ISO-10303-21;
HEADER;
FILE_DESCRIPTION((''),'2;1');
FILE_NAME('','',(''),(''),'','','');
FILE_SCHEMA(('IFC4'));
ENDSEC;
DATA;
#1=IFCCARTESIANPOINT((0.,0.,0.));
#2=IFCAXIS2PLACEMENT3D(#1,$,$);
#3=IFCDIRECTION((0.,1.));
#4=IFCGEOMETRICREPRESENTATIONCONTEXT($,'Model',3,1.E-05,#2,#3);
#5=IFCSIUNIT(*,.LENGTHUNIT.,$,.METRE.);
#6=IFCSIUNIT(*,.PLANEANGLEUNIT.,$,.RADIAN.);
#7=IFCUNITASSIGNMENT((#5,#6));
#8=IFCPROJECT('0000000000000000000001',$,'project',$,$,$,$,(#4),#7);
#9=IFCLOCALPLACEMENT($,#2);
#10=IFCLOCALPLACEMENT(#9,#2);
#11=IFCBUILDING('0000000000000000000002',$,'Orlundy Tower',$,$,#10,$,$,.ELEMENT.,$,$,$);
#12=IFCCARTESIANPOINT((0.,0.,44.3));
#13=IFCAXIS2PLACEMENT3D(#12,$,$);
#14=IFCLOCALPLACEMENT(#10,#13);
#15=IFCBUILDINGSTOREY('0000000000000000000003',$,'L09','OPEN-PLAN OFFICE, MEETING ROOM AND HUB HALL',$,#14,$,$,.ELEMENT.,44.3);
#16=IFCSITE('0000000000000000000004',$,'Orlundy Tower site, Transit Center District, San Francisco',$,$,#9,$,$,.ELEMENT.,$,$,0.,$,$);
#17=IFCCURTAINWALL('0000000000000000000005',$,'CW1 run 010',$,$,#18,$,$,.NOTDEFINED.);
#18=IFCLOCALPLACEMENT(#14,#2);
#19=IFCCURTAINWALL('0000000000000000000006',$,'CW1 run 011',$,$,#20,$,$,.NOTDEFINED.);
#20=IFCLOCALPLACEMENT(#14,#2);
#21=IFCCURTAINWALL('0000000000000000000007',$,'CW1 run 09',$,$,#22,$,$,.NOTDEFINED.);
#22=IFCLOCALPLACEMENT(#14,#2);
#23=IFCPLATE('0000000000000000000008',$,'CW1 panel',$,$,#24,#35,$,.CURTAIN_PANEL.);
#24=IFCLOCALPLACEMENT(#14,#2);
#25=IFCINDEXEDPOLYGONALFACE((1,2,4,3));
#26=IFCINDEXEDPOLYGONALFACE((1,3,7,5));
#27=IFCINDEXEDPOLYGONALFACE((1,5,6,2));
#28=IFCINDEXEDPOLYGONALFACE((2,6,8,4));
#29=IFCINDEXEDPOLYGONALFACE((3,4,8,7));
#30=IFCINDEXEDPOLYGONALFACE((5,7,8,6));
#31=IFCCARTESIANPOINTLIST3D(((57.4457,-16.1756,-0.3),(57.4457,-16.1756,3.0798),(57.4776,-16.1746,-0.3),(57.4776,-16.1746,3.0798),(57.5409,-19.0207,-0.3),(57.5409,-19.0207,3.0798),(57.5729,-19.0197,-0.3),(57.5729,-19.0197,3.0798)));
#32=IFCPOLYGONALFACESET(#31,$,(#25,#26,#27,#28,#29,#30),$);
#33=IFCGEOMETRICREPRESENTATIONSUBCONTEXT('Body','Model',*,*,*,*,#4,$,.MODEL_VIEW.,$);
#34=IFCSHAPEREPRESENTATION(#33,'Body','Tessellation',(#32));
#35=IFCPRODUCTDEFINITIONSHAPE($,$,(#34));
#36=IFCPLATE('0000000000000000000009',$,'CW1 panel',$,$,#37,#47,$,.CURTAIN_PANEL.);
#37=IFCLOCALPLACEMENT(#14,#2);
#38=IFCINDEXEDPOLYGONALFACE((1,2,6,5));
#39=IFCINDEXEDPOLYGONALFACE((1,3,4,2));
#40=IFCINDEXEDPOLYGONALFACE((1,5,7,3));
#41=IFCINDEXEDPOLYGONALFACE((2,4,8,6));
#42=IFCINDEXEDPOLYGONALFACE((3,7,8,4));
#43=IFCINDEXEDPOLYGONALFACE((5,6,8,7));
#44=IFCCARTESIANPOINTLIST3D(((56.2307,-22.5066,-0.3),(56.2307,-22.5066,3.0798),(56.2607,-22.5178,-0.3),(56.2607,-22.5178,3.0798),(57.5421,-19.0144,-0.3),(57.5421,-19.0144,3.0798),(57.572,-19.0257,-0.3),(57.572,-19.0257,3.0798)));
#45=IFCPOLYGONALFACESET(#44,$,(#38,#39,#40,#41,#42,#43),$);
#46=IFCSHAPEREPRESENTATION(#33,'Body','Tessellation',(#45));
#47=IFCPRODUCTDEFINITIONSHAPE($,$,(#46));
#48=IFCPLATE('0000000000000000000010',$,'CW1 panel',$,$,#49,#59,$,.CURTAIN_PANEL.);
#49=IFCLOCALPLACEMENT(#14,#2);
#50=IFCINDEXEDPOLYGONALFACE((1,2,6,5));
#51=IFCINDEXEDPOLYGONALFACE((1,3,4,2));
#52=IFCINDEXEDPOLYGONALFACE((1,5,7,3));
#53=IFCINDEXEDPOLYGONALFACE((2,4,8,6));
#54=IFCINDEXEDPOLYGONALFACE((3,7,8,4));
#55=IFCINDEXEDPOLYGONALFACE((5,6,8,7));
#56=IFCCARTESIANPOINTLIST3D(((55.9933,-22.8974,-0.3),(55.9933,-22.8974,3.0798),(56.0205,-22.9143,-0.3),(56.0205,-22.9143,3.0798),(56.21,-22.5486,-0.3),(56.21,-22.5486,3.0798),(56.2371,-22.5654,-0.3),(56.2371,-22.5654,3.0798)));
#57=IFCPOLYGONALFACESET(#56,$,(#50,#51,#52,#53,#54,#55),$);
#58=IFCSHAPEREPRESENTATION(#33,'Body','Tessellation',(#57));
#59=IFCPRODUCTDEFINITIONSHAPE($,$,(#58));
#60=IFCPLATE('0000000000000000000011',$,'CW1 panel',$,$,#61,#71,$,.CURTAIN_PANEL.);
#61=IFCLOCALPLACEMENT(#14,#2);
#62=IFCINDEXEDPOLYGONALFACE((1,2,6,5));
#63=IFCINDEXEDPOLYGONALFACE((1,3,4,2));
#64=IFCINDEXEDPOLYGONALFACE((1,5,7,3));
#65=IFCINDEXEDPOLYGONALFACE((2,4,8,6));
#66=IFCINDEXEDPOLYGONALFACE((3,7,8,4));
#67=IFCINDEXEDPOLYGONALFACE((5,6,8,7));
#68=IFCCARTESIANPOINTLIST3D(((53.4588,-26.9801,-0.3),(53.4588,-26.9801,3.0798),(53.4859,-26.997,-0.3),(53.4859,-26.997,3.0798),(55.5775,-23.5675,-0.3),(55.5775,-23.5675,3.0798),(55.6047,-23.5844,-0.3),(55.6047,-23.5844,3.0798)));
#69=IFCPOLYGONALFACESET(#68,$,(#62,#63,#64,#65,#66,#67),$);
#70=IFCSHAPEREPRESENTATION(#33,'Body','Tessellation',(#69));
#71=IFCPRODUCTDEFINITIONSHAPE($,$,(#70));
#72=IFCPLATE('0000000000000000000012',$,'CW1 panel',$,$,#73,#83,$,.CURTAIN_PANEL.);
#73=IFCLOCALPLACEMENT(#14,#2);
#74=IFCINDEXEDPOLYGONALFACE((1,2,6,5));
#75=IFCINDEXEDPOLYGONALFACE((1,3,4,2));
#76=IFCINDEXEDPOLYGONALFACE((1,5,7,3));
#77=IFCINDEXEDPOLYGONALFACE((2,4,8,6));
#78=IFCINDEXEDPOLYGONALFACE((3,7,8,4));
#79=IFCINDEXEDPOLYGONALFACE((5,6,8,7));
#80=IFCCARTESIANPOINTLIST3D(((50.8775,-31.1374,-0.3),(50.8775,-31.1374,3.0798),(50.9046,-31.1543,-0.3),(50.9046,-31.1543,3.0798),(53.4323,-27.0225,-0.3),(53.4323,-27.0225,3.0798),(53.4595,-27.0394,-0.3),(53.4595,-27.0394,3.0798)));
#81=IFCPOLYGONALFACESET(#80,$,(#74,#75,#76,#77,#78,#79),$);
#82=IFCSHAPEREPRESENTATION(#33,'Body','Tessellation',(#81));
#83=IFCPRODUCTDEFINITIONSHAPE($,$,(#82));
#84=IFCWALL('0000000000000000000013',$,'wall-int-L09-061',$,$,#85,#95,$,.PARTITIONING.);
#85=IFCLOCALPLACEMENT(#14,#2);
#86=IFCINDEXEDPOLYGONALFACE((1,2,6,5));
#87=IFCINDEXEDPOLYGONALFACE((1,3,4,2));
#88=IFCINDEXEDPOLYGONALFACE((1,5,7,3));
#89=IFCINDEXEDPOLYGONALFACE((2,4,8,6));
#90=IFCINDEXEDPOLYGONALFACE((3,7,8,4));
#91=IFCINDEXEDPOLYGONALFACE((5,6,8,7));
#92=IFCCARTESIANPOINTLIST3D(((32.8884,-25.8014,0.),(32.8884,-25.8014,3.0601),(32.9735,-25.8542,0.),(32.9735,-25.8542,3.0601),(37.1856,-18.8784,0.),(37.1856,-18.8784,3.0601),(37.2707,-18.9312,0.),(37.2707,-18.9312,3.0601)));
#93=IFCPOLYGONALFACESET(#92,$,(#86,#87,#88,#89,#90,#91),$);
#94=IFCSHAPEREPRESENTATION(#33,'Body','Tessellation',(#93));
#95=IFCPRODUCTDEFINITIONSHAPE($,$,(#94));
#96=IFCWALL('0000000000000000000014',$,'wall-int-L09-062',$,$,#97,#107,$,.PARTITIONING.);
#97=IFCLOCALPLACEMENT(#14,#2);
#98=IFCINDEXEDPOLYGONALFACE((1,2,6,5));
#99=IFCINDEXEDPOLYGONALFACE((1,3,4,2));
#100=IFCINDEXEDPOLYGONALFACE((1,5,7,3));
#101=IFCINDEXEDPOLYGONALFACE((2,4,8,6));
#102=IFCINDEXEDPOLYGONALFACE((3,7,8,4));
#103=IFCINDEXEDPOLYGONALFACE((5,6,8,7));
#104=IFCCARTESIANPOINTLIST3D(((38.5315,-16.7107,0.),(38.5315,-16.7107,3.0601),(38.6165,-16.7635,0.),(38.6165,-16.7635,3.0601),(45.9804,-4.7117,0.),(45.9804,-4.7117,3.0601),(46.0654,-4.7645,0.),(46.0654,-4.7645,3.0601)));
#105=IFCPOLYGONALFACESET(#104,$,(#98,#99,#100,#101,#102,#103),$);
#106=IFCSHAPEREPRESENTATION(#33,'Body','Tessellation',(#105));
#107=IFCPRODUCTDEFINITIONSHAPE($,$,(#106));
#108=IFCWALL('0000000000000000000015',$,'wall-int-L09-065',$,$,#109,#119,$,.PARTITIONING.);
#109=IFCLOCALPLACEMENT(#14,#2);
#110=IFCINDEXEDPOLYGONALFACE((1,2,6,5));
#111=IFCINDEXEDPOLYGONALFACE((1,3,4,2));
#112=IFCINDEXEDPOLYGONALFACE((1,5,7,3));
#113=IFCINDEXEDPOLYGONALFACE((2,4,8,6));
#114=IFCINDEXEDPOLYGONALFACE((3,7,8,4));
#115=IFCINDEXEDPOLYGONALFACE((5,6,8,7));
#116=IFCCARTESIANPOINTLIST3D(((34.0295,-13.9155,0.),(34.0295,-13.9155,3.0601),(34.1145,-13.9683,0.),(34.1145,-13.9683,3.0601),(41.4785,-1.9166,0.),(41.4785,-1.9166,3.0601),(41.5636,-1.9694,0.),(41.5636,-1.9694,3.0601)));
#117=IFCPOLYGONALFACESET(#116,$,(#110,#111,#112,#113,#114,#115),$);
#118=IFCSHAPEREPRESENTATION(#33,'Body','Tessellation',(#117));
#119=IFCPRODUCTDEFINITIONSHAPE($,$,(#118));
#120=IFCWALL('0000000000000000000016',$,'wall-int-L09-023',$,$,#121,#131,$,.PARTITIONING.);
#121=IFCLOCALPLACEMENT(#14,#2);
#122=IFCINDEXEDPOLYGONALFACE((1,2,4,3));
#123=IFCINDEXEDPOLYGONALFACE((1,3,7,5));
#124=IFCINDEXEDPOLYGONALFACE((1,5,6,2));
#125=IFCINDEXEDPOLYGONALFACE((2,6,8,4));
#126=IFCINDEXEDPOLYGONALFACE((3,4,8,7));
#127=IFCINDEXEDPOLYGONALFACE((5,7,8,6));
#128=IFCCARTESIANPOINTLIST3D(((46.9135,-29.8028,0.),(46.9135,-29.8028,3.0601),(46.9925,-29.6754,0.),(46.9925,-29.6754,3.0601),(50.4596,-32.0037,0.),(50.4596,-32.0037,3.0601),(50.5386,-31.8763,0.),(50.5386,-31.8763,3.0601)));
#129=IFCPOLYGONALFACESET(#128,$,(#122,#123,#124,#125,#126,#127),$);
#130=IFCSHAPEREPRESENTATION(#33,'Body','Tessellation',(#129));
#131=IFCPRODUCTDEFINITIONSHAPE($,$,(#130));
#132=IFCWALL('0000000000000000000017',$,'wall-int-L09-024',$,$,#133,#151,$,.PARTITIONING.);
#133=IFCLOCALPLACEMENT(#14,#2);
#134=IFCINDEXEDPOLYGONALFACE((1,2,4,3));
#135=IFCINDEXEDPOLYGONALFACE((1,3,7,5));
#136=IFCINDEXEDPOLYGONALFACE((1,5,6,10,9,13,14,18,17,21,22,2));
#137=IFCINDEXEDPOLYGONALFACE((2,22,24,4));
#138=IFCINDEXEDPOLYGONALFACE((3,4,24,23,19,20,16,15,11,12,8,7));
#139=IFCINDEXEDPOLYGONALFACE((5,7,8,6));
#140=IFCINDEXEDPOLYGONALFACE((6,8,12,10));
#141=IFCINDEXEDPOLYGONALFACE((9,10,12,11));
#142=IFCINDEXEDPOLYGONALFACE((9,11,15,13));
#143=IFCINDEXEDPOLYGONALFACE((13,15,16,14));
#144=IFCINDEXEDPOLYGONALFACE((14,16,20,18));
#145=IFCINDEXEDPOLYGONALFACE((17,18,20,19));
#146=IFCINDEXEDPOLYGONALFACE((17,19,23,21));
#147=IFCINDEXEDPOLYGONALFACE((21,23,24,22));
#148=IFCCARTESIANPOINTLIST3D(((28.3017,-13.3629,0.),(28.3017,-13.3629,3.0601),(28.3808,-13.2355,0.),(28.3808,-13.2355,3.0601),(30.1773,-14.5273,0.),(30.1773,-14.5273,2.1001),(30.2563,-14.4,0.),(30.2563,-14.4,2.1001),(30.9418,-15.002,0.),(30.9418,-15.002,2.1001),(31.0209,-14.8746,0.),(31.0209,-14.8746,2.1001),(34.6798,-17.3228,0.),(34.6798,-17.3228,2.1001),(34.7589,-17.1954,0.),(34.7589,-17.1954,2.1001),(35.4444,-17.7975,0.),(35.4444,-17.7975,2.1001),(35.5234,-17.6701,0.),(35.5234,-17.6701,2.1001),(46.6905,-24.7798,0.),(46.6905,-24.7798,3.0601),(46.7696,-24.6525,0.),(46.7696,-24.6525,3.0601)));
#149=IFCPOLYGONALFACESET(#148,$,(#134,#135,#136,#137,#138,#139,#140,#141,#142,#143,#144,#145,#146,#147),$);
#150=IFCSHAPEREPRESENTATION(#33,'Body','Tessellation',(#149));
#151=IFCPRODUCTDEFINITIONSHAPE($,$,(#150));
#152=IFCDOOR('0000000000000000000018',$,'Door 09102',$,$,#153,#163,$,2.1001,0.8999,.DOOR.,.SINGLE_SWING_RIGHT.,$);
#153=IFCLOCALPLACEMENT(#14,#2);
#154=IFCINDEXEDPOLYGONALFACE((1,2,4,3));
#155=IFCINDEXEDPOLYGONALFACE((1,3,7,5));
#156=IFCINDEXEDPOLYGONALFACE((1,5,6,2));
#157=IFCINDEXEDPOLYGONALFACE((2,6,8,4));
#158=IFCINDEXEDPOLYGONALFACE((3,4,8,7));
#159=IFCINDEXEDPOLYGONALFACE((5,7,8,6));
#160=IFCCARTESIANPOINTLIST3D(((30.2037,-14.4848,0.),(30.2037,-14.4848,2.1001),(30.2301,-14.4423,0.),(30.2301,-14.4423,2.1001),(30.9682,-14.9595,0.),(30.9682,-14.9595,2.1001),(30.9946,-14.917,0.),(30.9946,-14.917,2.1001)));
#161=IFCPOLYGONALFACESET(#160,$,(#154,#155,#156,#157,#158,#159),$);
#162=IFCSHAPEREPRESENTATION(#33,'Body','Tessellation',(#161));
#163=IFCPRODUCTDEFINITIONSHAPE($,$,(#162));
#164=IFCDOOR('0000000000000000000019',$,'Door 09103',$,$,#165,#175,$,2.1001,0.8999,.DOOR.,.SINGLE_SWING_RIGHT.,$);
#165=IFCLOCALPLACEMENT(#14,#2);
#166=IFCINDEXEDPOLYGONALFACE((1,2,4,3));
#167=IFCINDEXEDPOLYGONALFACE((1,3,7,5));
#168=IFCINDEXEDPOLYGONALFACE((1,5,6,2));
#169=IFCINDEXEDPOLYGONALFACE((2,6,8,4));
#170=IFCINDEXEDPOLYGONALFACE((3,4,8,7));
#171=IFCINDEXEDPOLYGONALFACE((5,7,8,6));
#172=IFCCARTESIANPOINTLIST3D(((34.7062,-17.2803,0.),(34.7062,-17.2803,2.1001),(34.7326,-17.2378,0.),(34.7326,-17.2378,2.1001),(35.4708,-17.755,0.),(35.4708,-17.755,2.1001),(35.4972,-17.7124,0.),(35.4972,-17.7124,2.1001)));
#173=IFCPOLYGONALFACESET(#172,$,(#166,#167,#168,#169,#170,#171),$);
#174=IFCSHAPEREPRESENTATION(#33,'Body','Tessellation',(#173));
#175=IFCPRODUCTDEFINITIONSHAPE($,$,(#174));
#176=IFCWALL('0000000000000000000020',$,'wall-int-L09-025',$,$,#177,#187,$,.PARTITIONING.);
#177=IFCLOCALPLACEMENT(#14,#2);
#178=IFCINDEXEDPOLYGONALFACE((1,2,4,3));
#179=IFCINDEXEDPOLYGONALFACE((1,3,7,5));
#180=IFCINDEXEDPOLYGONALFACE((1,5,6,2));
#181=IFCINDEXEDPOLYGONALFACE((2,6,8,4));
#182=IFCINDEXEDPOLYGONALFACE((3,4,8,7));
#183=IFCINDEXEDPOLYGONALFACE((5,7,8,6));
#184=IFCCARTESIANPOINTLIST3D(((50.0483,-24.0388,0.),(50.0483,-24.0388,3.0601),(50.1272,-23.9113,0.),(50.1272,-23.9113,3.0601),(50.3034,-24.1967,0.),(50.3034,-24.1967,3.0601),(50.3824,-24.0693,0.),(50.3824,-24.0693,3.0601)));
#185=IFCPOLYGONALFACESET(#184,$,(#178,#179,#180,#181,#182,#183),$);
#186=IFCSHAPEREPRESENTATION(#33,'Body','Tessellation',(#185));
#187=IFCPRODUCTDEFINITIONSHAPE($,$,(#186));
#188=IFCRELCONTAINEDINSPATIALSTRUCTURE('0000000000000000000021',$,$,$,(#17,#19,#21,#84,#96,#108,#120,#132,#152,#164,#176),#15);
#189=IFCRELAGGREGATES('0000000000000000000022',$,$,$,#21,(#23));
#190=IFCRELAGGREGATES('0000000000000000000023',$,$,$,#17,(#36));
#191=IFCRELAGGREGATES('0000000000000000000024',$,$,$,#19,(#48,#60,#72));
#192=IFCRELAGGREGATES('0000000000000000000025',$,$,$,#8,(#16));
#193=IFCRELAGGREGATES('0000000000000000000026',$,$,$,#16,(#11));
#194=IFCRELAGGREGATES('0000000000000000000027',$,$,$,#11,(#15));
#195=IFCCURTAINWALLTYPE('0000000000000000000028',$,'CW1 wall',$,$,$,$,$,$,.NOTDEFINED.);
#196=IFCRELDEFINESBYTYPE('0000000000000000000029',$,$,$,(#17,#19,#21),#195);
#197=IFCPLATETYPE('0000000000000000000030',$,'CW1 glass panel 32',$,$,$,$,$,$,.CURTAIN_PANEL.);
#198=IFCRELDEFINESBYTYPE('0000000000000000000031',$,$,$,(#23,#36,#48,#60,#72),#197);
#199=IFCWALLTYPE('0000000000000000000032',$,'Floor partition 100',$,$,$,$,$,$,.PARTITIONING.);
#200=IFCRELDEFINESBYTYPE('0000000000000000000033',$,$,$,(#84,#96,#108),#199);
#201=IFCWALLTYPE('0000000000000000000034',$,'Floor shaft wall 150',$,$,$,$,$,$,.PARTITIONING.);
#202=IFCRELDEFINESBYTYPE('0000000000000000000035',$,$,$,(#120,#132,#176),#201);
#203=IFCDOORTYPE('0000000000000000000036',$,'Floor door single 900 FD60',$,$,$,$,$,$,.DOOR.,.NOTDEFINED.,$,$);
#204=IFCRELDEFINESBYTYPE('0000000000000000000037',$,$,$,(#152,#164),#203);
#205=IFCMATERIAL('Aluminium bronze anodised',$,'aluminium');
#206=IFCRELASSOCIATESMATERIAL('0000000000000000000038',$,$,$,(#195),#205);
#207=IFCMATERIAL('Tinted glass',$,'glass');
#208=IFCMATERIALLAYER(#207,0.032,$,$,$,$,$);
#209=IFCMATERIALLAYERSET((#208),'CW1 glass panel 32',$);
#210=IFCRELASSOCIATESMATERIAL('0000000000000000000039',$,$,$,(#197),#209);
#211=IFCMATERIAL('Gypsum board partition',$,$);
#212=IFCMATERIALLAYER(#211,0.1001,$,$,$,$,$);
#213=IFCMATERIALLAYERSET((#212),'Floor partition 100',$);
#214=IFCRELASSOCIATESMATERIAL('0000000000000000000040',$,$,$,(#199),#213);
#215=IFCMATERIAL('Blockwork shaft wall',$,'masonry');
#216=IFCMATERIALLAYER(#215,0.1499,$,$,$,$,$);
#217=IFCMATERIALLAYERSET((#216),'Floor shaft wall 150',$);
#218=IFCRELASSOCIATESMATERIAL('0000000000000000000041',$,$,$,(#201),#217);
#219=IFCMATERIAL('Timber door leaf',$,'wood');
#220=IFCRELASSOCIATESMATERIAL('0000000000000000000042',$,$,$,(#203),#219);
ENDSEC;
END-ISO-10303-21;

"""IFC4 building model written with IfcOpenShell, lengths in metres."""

from ifc_helpers import new_model, si_unit, direction, frame, frame_2d, origin, origin_2d, place, context, subcontext, project, spatial, rectangle, extrude, material, layer, layer_set, type_object, element, fill, aggregate, save


model = new_model("IFC4")

# Units and contexts
model_context = context("Model", 3, precision=1e-05, world=origin(), true_north=direction((0.0, 1.0)))
body_context = subcontext(model_context, "Body", "Model", "MODEL_VIEW")
ifc_project = project(units=[si_unit("LENGTHUNIT", "METRE"), si_unit("PLANEANGLEUNIT", "RADIAN")], contexts=[model_context])

# Site, building, storey
site_placement = place(None, origin())
site = spatial("IfcSite", under=ifc_project, at=site_placement, Name="Orlundy Tower site, Transit Center District, San Francisco", CompositionType="ELEMENT", RefElevation=0.0)
building_placement = place(site_placement, origin())
building = spatial("IfcBuilding", under=site, at=building_placement, Name="Orlundy Tower", CompositionType="ELEMENT")
storey_placement = place(building_placement, frame((0.0, 0.0, 44.3)))
storey = spatial("IfcBuildingStorey", under=building, at=storey_placement, Name="L09", Description="OPEN-PLAN OFFICE, MEETING ROOM AND HUB HALL", CompositionType="ELEMENT", Elevation=44.3)

# Curtain wall
ifc_material_1 = material(Name="Aluminium bronze anodised", Category="aluminium")
curtain_wall_type = type_object("IfcCurtainWallType", Name="CW1 wall", PredefinedType="NOTDEFINED", material=ifc_material_1)
curtain_wall_1_placement = place(storey_placement, origin())
curtain_wall_1 = element("IfcCurtainWall", 1, at=curtain_wall_1_placement, inside=storey, type_object=curtain_wall_type, Name="CW1 run 010", PredefinedType="NOTDEFINED")

# Curtain wall
curtain_wall_2_placement = place(storey_placement, origin())
curtain_wall_2 = element("IfcCurtainWall", 2, at=curtain_wall_2_placement, inside=storey, type_object=curtain_wall_type, Name="CW1 run 011", PredefinedType="NOTDEFINED")

# Curtain wall
curtain_wall_3_placement = place(storey_placement, origin())
curtain_wall_3 = element("IfcCurtainWall", 3, at=curtain_wall_3_placement, inside=storey, type_object=curtain_wall_type, Name="CW1 run 09", PredefinedType="NOTDEFINED")

# Plates
ifc_material_2 = material(Name="Tinted glass", Category="glass")
ifc_layer_1 = layer(ifc_material_2, 0.032)
ifc_layer_set_1 = layer_set([ifc_layer_1], Name="CW1 glass panel 32")
plate_type = type_object("IfcPlateType", Name="CW1 glass panel 32", PredefinedType="CURTAIN_PANEL", material=ifc_layer_set_1)
plate_1_placement = place(storey_placement, frame((57.5093, -17.5977, -0.3), z_axis=(0.0, 0.0, 1.0), x_axis=(0.03345, -0.99944, 0.0)))
plate_1 = element("IfcPlate", 4, at=plate_1_placement, type_object=plate_type, Name="CW1 panel", PredefinedType="CURTAIN_PANEL", context=body_context, shape_type="SweptSolid", body=[
    extrude(rectangle(XDim=2.8467, YDim=0.032, at=origin_2d()), origin(), (0.0, 0.0, 1.0), 3.3799),
])
aggregate(curtain_wall_3, [plate_1])
plate_2_placement = place(storey_placement, frame((56.9014, -20.7661, -0.3), z_axis=(0.0, 0.0, 1.0), x_axis=(-0.351537, -0.936174, 0.0)))
plate_2 = element("IfcPlate", 5, at=plate_2_placement, type_object=plate_type, Name="CW1 panel", PredefinedType="CURTAIN_PANEL", context=body_context, shape_type="SweptSolid", body=[
    extrude(rectangle(XDim=3.7302, YDim=0.032, at=origin_2d()), origin(), (0.0, 0.0, 1.0), 3.3799),
])
aggregate(curtain_wall_1, [plate_2])
plate_3_placement = place(storey_placement, frame((56.1152, -22.7314, -0.3), z_axis=(0.0, 0.0, 1.0), x_axis=(-0.527475, -0.84957, 0.0)))
plate_3 = element("IfcPlate", 6, at=plate_3_placement, type_object=plate_type, Name="CW1 panel", PredefinedType="CURTAIN_PANEL", context=body_context, shape_type="SweptSolid", body=[
    extrude(rectangle(XDim=0.4106, YDim=0.032, at=origin_2d()), origin(), (0.0, 0.0, 1.0), 3.3799),
])
plate_4_placement = place(storey_placement, frame((54.5317, -25.2822, -0.3), z_axis=(0.0, 0.0, 1.0), x_axis=(-0.527475, -0.84957, 0.0)))
plate_4 = element("IfcPlate", 7, at=plate_4_placement, type_object=plate_type, Name="CW1 panel", PredefinedType="CURTAIN_PANEL", context=body_context, shape_type="SweptSolid", body=[
    extrude(rectangle(XDim=4.0168, YDim=0.032, at=origin_2d()), origin(), (0.0, 0.0, 1.0), 3.3799),
])
plate_5_placement = place(storey_placement, frame((52.1685, -29.0884, -0.3), z_axis=(0.0, 0.0, 1.0), x_axis=(-0.527475, -0.84957, 0.0)))
plate_5 = element("IfcPlate", 8, at=plate_5_placement, type_object=plate_type, Name="CW1 panel", PredefinedType="CURTAIN_PANEL", context=body_context, shape_type="SweptSolid", body=[
    extrude(rectangle(XDim=4.8435, YDim=0.032, at=origin_2d()), origin(), (0.0, 0.0, 1.0), 3.3799),
])
aggregate(curtain_wall_2, [plate_3, plate_4, plate_5])

# Walls
ifc_material_3 = material(Name="Gypsum board partition")
ifc_layer_2 = layer(ifc_material_3, 0.1001)
ifc_layer_set_2 = layer_set([ifc_layer_2], Name="Floor partition 100")
wall_type_1 = type_object("IfcWallType", Name="Floor partition 100", PredefinedType="PARTITIONING", material=ifc_layer_set_2)
wall_1_placement = place(storey_placement, frame((32.9309, -25.8279, 0.0), z_axis=(0.0, 0.0, 1.0), x_axis=(0.527379, 0.84963, 0.0)))
element("IfcWall", 9, at=wall_1_placement, inside=storey, type_object=wall_type_1, Name="wall-int-L09-061", PredefinedType="PARTITIONING", context=body_context, shape_type="SweptSolid", body=[
    extrude(rectangle(XDim=8.1482, YDim=0.1001, at=frame_2d((4.0742, 0.0))), origin(), (0.0, 0.0, 1.0), 3.0601),
])
for number, where, z_axis, x_axis, name in (
    (10, (38.574, -16.7371, 0.0), (0.0, 0.0, 1.0), (0.52743, 0.849599, 0.0), "wall-int-L09-062"),
    (11, (34.072, -13.9419, 0.0), (0.0, 0.0, 1.0), (0.527437, 0.849594, 0.0), "wall-int-L09-065"),
):
    element("IfcWall", number, at=place(storey_placement, frame(where, z_axis=z_axis, x_axis=x_axis)), inside=storey, type_object=wall_type_1, Name=name, PredefinedType="PARTITIONING", context=body_context, shape_type="SweptSolid", body=[
        extrude(rectangle(XDim=14.123, YDim=0.1001, at=frame_2d((7.0615, 0.0))), origin(), (0.0, 0.0, 1.0), 3.0601),
    ])
ifc_material_4 = material(Name="Blockwork shaft wall", Category="masonry")
ifc_layer_3 = layer(ifc_material_4, 0.1499)
ifc_layer_set_3 = layer_set([ifc_layer_3], Name="Floor shaft wall 150")
wall_type_2 = type_object("IfcWallType", Name="Floor shaft wall 150", PredefinedType="PARTITIONING", material=ifc_layer_set_3)
wall_2_placement = place(storey_placement, frame((46.9529, -29.739, 0.0), z_axis=(0.0, 0.0, 1.0), x_axis=(0.849654, -0.527341, 0.0)))
element("IfcWall", 12, at=wall_2_placement, inside=storey, type_object=wall_type_2, Name="wall-int-L09-023", PredefinedType="PARTITIONING", context=body_context, shape_type="SweptSolid", body=[
    extrude(rectangle(XDim=4.1736, YDim=0.1499, at=frame_2d((2.0869, 0.0))), origin(), (0.0, 0.0, 1.0), 3.0601),
])

# Wall, openings, doors
wall_3_placement = place(storey_placement, frame((46.73, -24.7161, 0.0), z_axis=(0.0, 0.0, 1.0), x_axis=(-0.849574, 0.527469, 0.0)))
wall_3 = element("IfcWall", 13, at=wall_3_placement, inside=storey, type_object=wall_type_2, Name="wall-int-L09-024", PredefinedType="PARTITIONING", context=body_context, shape_type="SweptSolid", body=[
    extrude(rectangle(XDim=21.6448, YDim=0.1499, at=frame_2d((10.8223, 0.0))), origin(), (0.0, 0.0, 1.0), 3.0601),
])
opening_1_placement = place(wall_3_placement, frame((18.5371, 0.0, 0.0)))
opening_1 = element("IfcOpeningElement", 14, at=opening_1_placement, cuts=wall_3, PredefinedType="OPENING", context=body_context, shape_type="SweptSolid", body=[
    extrude(rectangle(XDim=0.8999, YDim=2.1001, at=frame_2d((0.45, 1.05))), frame((0.0, 0.085, 0.0), z_axis=(0.0, -1.0, 0.0), x_axis=(1.0, 0.0, 0.0)), (0.0, 0.0, 1.0), 0.1699),
])
opening_2_placement = place(wall_3_placement, frame((13.2373, 0.0, 0.0)))
opening_2 = element("IfcOpeningElement", 15, at=opening_2_placement, cuts=wall_3, PredefinedType="OPENING", context=body_context, shape_type="SweptSolid", body=[
    extrude(rectangle(XDim=0.8999, YDim=2.1001, at=frame_2d((0.45, 1.05))), frame((0.0, 0.085, 0.0), z_axis=(0.0, -1.0, 0.0), x_axis=(1.0, 0.0, 0.0)), (0.0, 0.0, 1.0), 0.1699),
])
ifc_material_5 = material(Name="Timber door leaf", Category="wood")
door_type = type_object("IfcDoorType", Name="Floor door single 900 FD60", OperationType="NOTDEFINED", PredefinedType="DOOR", material=ifc_material_5)
door_1_placement = place(opening_1_placement, origin())
door_1 = element("IfcDoor", 16, at=door_1_placement, inside=storey, type_object=door_type, Name="Door 09102", OperationType="SINGLE_SWING_RIGHT", OverallHeight=2.1001, OverallWidth=0.8999, PredefinedType="DOOR", context=body_context, shape_type="SweptSolid", body=[
    extrude(rectangle(XDim=0.8999, YDim=2.1001, at=frame_2d((0.45, 1.05))), frame((0.0, 0.0249, 0.0), z_axis=(0.0, -1.0, 0.0), x_axis=(1.0, 0.0, 0.0)), (0.0, 0.0, 1.0), 0.05),
])
fill(opening_1, door_1)
door_2_placement = place(opening_2_placement, origin())
door_2 = element("IfcDoor", 17, at=door_2_placement, inside=storey, type_object=door_type, Name="Door 09103", OperationType="SINGLE_SWING_RIGHT", OverallHeight=2.1001, OverallWidth=0.8999, PredefinedType="DOOR", context=body_context, shape_type="SweptSolid", body=[
    extrude(rectangle(XDim=0.8999, YDim=2.1001, at=frame_2d((0.45, 1.05))), frame((0.0, 0.0249, 0.0), z_axis=(0.0, -1.0, 0.0), x_axis=(1.0, 0.0, 0.0)), (0.0, 0.0, 1.0), 0.05),
])
fill(opening_2, door_2)

# Wall
wall_4_placement = place(storey_placement, frame((50.0879, -23.9751, 0.0), z_axis=(0.0, 0.0, 1.0), x_axis=(0.85023, -0.526411, 0.0)))
element("IfcWall", 18, at=wall_4_placement, inside=storey, type_object=wall_type_2, Name="wall-int-L09-025", PredefinedType="PARTITIONING", context=body_context, shape_type="SweptSolid", body=[
    extrude(rectangle(XDim=0.3, YDim=0.1499, at=frame_2d((0.1499, 0.0))), origin(), (0.0, 0.0, 1.0), 3.0601),
])

save(model, "model.ifc")
